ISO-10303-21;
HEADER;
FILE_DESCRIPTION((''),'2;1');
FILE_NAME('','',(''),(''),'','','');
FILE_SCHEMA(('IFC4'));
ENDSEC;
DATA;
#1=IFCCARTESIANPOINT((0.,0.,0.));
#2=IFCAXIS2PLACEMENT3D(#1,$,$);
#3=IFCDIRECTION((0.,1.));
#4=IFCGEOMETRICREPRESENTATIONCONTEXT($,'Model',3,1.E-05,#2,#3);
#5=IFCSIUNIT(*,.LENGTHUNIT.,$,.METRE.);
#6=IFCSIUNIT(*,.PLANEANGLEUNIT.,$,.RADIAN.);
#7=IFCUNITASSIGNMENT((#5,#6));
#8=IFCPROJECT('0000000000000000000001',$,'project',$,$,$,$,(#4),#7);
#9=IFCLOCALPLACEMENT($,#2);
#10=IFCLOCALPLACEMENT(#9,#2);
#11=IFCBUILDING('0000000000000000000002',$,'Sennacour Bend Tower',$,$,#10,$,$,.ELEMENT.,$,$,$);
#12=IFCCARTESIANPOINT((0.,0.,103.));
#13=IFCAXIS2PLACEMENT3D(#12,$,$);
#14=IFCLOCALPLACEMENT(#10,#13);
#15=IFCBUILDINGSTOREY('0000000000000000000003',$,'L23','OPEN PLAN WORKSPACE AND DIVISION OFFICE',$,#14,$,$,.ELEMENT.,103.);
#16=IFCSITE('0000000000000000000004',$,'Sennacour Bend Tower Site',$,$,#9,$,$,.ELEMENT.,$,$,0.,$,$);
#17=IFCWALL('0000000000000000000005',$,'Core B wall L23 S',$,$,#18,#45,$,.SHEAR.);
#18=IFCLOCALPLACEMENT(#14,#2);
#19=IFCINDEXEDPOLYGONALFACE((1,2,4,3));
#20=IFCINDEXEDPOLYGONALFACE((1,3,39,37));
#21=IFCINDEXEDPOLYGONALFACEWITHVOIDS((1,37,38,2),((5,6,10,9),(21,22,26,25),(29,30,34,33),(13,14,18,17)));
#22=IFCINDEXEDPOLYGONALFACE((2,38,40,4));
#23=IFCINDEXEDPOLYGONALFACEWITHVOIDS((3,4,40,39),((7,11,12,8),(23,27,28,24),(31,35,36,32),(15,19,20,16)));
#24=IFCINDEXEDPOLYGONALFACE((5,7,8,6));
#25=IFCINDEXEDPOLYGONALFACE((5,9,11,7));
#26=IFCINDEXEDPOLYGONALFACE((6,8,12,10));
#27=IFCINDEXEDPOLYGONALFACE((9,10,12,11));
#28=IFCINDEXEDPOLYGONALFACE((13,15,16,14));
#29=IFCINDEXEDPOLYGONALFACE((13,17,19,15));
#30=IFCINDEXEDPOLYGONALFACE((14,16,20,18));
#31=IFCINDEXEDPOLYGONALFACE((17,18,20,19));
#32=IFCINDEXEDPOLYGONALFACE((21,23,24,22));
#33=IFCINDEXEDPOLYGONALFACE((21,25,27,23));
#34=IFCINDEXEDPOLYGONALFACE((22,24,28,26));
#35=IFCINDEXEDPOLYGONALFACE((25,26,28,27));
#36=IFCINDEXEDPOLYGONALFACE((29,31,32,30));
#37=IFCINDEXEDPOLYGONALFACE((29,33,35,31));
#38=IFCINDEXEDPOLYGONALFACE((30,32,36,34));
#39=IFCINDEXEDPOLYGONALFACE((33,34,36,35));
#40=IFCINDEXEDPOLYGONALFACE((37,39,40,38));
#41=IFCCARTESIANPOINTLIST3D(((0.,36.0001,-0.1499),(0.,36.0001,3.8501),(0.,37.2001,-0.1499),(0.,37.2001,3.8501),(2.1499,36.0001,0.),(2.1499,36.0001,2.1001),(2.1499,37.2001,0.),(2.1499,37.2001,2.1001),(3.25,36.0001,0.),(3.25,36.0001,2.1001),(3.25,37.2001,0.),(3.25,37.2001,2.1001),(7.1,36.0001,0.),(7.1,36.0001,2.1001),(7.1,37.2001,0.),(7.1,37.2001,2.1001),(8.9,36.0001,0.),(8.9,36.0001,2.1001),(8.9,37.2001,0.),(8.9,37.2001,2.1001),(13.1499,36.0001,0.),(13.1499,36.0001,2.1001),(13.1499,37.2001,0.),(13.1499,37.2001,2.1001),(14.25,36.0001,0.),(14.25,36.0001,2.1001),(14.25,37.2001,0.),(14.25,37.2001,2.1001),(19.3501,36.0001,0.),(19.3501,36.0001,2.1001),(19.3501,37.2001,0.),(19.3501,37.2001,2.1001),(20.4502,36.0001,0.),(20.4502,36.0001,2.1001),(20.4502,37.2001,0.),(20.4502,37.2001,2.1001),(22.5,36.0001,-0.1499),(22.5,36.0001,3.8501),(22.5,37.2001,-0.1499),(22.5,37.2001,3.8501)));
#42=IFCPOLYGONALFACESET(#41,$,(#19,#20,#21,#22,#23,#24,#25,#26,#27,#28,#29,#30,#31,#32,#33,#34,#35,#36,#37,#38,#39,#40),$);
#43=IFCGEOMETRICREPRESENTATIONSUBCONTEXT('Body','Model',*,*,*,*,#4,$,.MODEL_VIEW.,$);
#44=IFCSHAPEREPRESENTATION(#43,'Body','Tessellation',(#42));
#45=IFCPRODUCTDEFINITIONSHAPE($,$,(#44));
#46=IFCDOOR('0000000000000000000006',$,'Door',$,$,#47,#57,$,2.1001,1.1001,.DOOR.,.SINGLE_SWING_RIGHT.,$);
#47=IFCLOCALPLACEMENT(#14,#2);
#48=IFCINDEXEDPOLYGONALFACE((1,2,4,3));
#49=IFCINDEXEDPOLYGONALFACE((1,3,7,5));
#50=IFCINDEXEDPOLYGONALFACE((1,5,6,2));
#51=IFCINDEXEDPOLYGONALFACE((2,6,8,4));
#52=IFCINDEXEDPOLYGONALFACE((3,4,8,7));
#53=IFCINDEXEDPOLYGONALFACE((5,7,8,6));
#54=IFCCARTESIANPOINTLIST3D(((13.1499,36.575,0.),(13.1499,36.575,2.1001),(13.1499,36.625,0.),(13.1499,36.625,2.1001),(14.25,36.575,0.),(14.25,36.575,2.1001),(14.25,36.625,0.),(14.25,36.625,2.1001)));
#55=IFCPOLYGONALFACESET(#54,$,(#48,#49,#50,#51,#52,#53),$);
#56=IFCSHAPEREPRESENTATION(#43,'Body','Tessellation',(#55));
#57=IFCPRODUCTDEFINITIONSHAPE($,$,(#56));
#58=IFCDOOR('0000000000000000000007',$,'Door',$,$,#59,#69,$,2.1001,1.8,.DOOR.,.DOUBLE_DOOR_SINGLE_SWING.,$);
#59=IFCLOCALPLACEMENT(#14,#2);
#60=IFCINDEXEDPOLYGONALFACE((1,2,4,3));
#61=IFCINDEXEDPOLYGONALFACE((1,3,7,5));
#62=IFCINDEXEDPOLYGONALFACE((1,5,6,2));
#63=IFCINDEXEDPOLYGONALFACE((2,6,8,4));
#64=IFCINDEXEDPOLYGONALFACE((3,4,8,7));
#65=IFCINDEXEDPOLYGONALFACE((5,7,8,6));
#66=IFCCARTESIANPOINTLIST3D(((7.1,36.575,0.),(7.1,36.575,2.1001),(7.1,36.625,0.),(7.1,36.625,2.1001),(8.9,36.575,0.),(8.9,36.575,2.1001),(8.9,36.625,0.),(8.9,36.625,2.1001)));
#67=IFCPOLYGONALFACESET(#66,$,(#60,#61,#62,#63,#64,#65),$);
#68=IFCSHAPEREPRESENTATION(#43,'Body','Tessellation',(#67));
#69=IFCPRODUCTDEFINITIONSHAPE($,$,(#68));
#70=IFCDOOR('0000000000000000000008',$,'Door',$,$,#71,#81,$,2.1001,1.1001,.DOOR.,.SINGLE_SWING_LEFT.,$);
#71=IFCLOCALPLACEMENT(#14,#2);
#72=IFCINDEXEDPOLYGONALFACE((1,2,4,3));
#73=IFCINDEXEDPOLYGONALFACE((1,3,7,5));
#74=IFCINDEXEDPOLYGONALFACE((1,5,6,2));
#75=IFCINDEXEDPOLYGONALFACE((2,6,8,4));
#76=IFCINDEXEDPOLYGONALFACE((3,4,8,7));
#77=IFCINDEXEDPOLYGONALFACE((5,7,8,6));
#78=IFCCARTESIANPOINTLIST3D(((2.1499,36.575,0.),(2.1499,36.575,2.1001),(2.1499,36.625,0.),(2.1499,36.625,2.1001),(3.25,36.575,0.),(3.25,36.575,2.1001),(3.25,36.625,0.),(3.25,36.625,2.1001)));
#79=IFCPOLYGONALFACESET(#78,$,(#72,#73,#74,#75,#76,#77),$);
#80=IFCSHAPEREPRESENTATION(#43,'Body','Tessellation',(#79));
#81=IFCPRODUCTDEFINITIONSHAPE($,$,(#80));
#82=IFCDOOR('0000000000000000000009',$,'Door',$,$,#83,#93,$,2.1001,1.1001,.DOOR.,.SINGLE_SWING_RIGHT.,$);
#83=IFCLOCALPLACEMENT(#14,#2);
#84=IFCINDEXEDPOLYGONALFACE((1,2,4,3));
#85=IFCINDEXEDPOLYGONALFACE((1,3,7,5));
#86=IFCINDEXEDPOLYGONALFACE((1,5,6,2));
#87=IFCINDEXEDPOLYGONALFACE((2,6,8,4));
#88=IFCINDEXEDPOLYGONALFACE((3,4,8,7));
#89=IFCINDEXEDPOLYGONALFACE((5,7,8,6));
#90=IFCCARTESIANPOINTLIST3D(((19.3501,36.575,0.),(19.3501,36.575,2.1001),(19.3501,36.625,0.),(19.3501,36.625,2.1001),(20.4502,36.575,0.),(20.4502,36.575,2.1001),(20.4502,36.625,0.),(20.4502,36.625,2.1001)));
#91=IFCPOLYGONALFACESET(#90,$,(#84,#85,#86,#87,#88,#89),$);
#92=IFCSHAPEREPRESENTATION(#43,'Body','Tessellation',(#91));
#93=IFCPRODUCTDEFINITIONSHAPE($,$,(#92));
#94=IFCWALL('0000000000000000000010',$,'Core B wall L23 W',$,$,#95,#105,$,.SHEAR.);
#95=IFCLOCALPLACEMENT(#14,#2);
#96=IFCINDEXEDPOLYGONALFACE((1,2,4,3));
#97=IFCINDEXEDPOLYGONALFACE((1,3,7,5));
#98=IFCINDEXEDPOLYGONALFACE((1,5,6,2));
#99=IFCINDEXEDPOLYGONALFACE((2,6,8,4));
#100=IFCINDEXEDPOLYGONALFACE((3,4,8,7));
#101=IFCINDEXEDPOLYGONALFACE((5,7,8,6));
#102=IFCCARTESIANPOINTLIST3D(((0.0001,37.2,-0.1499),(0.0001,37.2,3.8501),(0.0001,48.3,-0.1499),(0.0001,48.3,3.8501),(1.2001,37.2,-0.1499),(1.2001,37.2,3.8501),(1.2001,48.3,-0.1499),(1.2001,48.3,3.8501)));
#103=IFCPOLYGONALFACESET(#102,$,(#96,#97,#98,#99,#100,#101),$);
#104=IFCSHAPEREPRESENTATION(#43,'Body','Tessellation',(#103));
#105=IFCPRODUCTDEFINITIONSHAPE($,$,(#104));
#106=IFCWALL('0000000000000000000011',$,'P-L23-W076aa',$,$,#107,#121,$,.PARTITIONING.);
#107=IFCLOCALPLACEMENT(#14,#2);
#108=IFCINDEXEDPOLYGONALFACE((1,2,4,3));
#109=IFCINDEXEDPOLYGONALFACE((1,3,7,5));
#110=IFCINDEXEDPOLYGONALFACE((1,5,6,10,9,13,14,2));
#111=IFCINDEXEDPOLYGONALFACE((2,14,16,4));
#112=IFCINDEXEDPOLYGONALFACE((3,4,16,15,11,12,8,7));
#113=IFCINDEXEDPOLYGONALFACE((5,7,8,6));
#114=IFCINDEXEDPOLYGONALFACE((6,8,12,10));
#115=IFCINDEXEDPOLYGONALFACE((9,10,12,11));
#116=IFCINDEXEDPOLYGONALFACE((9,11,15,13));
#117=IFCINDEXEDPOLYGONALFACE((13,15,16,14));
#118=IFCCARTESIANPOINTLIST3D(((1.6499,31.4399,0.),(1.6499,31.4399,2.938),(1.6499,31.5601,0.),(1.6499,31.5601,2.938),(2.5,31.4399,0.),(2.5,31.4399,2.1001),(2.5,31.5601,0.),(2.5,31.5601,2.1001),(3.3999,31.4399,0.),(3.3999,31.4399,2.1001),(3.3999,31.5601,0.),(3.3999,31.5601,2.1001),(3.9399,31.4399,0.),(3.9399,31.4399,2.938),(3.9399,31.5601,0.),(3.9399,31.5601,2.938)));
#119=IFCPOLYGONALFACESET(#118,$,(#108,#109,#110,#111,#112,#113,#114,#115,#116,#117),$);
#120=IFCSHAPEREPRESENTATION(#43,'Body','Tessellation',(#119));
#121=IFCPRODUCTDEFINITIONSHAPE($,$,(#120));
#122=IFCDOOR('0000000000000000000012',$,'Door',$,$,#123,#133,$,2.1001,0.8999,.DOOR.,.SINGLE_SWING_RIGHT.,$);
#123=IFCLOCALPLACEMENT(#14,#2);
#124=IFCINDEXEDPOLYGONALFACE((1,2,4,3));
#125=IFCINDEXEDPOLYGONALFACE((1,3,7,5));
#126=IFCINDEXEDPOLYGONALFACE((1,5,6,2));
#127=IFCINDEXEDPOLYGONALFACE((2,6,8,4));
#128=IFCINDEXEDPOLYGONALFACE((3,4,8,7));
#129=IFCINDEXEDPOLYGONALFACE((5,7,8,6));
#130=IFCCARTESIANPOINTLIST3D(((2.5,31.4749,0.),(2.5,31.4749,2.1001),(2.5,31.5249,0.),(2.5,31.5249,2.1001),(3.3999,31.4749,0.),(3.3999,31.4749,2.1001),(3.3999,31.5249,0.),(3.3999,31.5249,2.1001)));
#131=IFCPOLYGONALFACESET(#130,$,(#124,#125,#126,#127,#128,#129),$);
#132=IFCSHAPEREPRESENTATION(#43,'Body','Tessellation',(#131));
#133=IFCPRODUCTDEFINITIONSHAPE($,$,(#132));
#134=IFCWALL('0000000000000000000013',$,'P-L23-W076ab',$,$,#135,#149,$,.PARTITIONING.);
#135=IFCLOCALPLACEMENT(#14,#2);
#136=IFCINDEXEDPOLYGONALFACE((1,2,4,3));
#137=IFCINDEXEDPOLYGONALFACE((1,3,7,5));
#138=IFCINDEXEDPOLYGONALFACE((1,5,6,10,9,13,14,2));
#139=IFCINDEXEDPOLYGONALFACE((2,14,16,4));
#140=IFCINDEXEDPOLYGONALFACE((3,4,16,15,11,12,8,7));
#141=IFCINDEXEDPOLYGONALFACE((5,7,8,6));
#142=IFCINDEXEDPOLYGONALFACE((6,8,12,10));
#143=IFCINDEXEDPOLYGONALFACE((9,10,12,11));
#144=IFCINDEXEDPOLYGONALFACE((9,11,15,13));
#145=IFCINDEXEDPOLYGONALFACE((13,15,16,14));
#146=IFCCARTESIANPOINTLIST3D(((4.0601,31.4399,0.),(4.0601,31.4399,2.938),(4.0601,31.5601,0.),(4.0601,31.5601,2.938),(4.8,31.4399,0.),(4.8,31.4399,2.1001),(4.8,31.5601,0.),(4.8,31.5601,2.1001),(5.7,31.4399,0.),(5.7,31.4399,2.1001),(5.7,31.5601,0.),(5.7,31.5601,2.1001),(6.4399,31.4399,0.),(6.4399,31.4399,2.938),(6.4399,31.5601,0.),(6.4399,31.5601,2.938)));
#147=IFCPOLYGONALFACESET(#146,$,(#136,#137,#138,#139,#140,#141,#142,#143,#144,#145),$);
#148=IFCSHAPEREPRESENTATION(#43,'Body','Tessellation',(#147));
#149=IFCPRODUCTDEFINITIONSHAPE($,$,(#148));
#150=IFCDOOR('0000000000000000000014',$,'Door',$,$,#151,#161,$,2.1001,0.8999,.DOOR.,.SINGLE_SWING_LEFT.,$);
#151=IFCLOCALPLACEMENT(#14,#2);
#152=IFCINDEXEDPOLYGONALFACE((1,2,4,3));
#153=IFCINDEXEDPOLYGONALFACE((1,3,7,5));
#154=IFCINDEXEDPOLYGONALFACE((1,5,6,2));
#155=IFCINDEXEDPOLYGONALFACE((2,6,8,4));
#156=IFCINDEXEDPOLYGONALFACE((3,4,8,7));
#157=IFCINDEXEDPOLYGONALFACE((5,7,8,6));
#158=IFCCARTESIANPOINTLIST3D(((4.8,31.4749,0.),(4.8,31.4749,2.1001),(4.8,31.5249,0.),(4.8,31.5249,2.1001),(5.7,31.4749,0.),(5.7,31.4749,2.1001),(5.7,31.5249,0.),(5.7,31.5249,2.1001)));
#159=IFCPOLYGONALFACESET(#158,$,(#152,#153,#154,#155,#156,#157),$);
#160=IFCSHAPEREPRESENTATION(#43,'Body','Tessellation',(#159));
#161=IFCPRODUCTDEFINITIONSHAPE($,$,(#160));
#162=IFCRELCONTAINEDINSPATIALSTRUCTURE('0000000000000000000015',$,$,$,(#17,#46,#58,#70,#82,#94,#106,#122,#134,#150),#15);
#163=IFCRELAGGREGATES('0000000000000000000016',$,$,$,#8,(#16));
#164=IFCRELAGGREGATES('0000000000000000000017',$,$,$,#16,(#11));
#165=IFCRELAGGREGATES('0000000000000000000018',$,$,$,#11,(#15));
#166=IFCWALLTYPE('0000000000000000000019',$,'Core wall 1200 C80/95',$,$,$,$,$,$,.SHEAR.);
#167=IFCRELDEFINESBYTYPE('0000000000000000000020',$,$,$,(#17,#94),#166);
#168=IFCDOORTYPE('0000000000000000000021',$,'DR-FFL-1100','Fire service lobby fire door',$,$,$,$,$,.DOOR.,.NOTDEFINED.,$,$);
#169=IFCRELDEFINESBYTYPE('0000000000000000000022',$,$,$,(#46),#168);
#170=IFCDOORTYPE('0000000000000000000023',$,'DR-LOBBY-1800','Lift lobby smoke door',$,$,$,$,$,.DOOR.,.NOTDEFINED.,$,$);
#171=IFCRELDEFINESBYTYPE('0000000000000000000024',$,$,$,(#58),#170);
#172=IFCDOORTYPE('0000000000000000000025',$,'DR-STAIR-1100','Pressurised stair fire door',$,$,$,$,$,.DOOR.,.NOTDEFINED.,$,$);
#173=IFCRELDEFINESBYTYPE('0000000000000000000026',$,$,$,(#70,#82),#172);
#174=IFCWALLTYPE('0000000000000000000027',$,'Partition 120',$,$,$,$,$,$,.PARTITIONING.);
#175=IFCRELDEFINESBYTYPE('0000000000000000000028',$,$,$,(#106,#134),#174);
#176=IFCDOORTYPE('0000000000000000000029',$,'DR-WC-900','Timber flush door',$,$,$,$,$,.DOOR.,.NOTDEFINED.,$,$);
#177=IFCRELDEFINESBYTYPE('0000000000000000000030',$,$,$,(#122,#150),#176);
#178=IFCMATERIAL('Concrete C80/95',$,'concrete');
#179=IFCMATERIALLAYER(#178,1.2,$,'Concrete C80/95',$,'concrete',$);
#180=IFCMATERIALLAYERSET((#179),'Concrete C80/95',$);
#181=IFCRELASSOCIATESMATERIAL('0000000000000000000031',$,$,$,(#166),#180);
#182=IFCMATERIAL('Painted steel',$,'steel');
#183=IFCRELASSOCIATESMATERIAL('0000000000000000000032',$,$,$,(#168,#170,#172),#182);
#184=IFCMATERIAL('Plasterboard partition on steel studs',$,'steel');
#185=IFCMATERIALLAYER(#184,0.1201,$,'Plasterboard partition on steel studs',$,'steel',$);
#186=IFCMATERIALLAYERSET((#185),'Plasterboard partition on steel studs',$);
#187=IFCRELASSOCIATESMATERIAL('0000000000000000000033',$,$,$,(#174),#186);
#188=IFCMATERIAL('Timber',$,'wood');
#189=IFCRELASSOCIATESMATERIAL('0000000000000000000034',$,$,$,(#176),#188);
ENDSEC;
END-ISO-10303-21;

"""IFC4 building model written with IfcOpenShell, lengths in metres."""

from ifc_helpers import new_model, si_unit, direction, frame, frame_2d, origin, place, context, subcontext, project, spatial, rectangle, extrude, material, layer, layer_set, type_object, element, fill, save


model = new_model("IFC4")

# Units and contexts
model_context = context("Model", 3, precision=1e-05, world=origin(), true_north=direction((0.0, 1.0)))
body_context = subcontext(model_context, "Body", "Model", "MODEL_VIEW")
ifc_project = project(units=[si_unit("LENGTHUNIT", "METRE"), si_unit("PLANEANGLEUNIT", "RADIAN")], contexts=[model_context])

# Site, building, storey
site_placement = place(None, origin())
site = spatial("IfcSite", under=ifc_project, at=site_placement, Name="Sennacour Bend Tower Site", CompositionType="ELEMENT", RefElevation=0.0)
building_placement = place(site_placement, origin())
building = spatial("IfcBuilding", under=site, at=building_placement, Name="Sennacour Bend Tower", CompositionType="ELEMENT")
storey_placement = place(building_placement, frame((0.0, 0.0, 103.0)))
storey = spatial("IfcBuildingStorey", under=building, at=storey_placement, Name="L23", Description="OPEN PLAN WORKSPACE AND DIVISION OFFICE", CompositionType="ELEMENT", Elevation=103.0)

# Wall, openings, doors
ifc_material_1 = material(Name="Concrete C80/95", Category="concrete")
ifc_layer_1 = layer(ifc_material_1, 1.2, Name="Concrete C80/95", Category="concrete")
ifc_layer_set_1 = layer_set([ifc_layer_1], Name="Concrete C80/95")
wall_type_1 = type_object("IfcWallType", Name="Core wall 1200 C80/95", PredefinedType="SHEAR", material=ifc_layer_set_1)
wall_1_placement = place(storey_placement, frame((0.0, 36.6001, -0.1499), z_axis=(0.0, 0.0, 1.0), x_axis=(1.0, 0.0, 0.0)))
wall_1 = element("IfcWall", 1, at=wall_1_placement, inside=storey, type_object=wall_type_1, Name="Core B wall L23 S", PredefinedType="SHEAR", context=body_context, shape_type="SweptSolid", body=[
    extrude(rectangle(XDim=22.5, YDim=1.2, at=frame_2d((11.25, 0.0))), origin(), (0.0, 0.0, 1.0), 4.0),
])
opening_1_placement = place(wall_1_placement, frame((7.1001, 0.0, 0.1499)))
opening_1 = element("IfcOpeningElement", 2, at=opening_1_placement, cuts=wall_1, PredefinedType="OPENING", context=body_context, shape_type="SweptSolid", body=[
    extrude(rectangle(XDim=1.8, YDim=2.1001, at=frame_2d((0.8999, 1.05))), frame((0.0, 0.6099, 0.0), z_axis=(0.0, -1.0, 0.0), x_axis=(1.0, 0.0, 0.0)), (0.0, 0.0, 1.0), 1.22),
])
opening_2_placement = place(wall_1_placement, frame((13.1499, 0.0, 0.1499)))
opening_2 = element("IfcOpeningElement", 3, at=opening_2_placement, cuts=wall_1, PredefinedType="OPENING", context=body_context, shape_type="SweptSolid", body=[
    extrude(rectangle(XDim=1.1001, YDim=2.1001, at=frame_2d((0.55, 1.05))), frame((0.0, 0.6099, 0.0), z_axis=(0.0, -1.0, 0.0), x_axis=(1.0, 0.0, 0.0)), (0.0, 0.0, 1.0), 1.22),
])
opening_3_placement = place(wall_1_placement, frame((2.1499, 0.0, 0.1499)))
opening_3 = element("IfcOpeningElement", 4, at=opening_3_placement, cuts=wall_1, PredefinedType="OPENING", context=body_context, shape_type="SweptSolid", body=[
    extrude(rectangle(XDim=1.1001, YDim=2.1001, at=frame_2d((0.55, 1.05))), frame((0.0, 0.6099, 0.0), z_axis=(0.0, -1.0, 0.0), x_axis=(1.0, 0.0, 0.0)), (0.0, 0.0, 1.0), 1.22),
])
opening_4_placement = place(wall_1_placement, frame((19.3501, 0.0, 0.1499)))
opening_4 = element("IfcOpeningElement", 5, at=opening_4_placement, cuts=wall_1, PredefinedType="OPENING", context=body_context, shape_type="SweptSolid", body=[
    extrude(rectangle(XDim=1.1001, YDim=2.1001, at=frame_2d((0.55, 1.05))), frame((0.0, 0.6099, 0.0), z_axis=(0.0, -1.0, 0.0), x_axis=(1.0, 0.0, 0.0)), (0.0, 0.0, 1.0), 1.22),
])
ifc_material_2 = material(Name="Painted steel", Category="steel")
door_type_1 = type_object("IfcDoorType", Name="DR-FFL-1100", Description="Fire service lobby fire door", OperationType="NOTDEFINED", PredefinedType="DOOR", material=ifc_material_2)
door_1_placement = place(opening_2_placement, origin())
door_1 = element("IfcDoor", 6, at=door_1_placement, inside=storey, type_object=door_type_1, Name="Door", OperationType="SINGLE_SWING_RIGHT", OverallHeight=2.1001, OverallWidth=1.1001, PredefinedType="DOOR", context=body_context, shape_type="SweptSolid", body=[
    extrude(rectangle(XDim=1.1001, YDim=2.1001, at=frame_2d((0.55, 1.05))), frame((0.0, 0.0249, 0.0), z_axis=(0.0, -1.0, 0.0), x_axis=(1.0, 0.0, 0.0)), (0.0, 0.0, 1.0), 0.05),
])
fill(opening_2, door_1)
door_type_2 = type_object("IfcDoorType", Name="DR-LOBBY-1800", Description="Lift lobby smoke door", OperationType="NOTDEFINED", PredefinedType="DOOR", material=ifc_material_2)
door_2_placement = place(opening_1_placement, origin())
door_2 = element("IfcDoor", 7, at=door_2_placement, inside=storey, type_object=door_type_2, Name="Door", OperationType="DOUBLE_DOOR_SINGLE_SWING", OverallHeight=2.1001, OverallWidth=1.8, PredefinedType="DOOR", context=body_context, shape_type="SweptSolid", body=[
    extrude(rectangle(XDim=1.8, YDim=2.1001, at=frame_2d((0.8999, 1.05))), frame((0.0, 0.0249, 0.0), z_axis=(0.0, -1.0, 0.0), x_axis=(1.0, 0.0, 0.0)), (0.0, 0.0, 1.0), 0.05),
])
fill(opening_1, door_2)
door_type_3 = type_object("IfcDoorType", Name="DR-STAIR-1100", Description="Pressurised stair fire door", OperationType="NOTDEFINED", PredefinedType="DOOR", material=ifc_material_2)
door_3_placement = place(opening_3_placement, origin())
door_3 = element("IfcDoor", 8, at=door_3_placement, inside=storey, type_object=door_type_3, Name="Door", OperationType="SINGLE_SWING_LEFT", OverallHeight=2.1001, OverallWidth=1.1001, PredefinedType="DOOR", context=body_context, shape_type="SweptSolid", body=[
    extrude(rectangle(XDim=1.1001, YDim=2.1001, at=frame_2d((0.55, 1.05))), frame((0.0, 0.0249, 0.0), z_axis=(0.0, -1.0, 0.0), x_axis=(1.0, 0.0, 0.0)), (0.0, 0.0, 1.0), 0.05),
])
fill(opening_3, door_3)
door_4_placement = place(opening_4_placement, origin())
door_4 = element("IfcDoor", 9, at=door_4_placement, inside=storey, type_object=door_type_3, Name="Door", OperationType="SINGLE_SWING_RIGHT", OverallHeight=2.1001, OverallWidth=1.1001, PredefinedType="DOOR", context=body_context, shape_type="SweptSolid", body=[
    extrude(rectangle(XDim=1.1001, YDim=2.1001, at=frame_2d((0.55, 1.05))), frame((0.0, 0.0249, 0.0), z_axis=(0.0, -1.0, 0.0), x_axis=(1.0, 0.0, 0.0)), (0.0, 0.0, 1.0), 0.05),
])
fill(opening_4, door_4)

# Wall
wall_2_placement = place(storey_placement, frame((0.6001, 37.2, -0.1499), z_axis=(0.0, 0.0, 1.0), x_axis=(0.0, 1.0, 0.0)))
element("IfcWall", 10, at=wall_2_placement, inside=storey, type_object=wall_type_1, Name="Core B wall L23 W", PredefinedType="SHEAR", context=body_context, shape_type="SweptSolid", body=[
    extrude(rectangle(XDim=11.1001, YDim=1.2, at=frame_2d((5.55, 0.0))), origin(), (0.0, 0.0, 1.0), 4.0),
])

# Walls, openings, doors
ifc_material_3 = material(Name="Plasterboard partition on steel studs", Category="steel")
ifc_layer_2 = layer(ifc_material_3, 0.1201, Name="Plasterboard partition on steel studs", Category="steel")
ifc_layer_set_2 = layer_set([ifc_layer_2], Name="Plasterboard partition on steel studs")
wall_type_2 = type_object("IfcWallType", Name="Partition 120", PredefinedType="PARTITIONING", material=ifc_layer_set_2)
wall_3_placement = place(storey_placement, frame((1.6499, 31.5, 0.0), z_axis=(0.0, 0.0, 1.0), x_axis=(1.0, 0.0, 0.0)))
wall_3 = element("IfcWall", 11, at=wall_3_placement, inside=storey, type_object=wall_type_2, Name="P-L23-W076aa", PredefinedType="PARTITIONING", context=body_context, shape_type="SweptSolid", body=[
    extrude(rectangle(XDim=2.29, YDim=0.1201, at=frame_2d((1.145, 0.0))), origin(), (0.0, 0.0, 1.0), 2.938),
])
opening_5_placement = place(wall_3_placement, frame((0.8501, 0.0, 0.0)))
opening_5 = element("IfcOpeningElement", 12, at=opening_5_placement, cuts=wall_3, PredefinedType="OPENING", context=body_context, shape_type="SweptSolid", body=[
    extrude(rectangle(XDim=0.8999, YDim=2.1001, at=frame_2d((0.45, 1.05))), frame((0.0, 0.0701, 0.0), z_axis=(0.0, -1.0, 0.0), x_axis=(1.0, 0.0, 0.0)), (0.0, 0.0, 1.0), 0.1401),
])
ifc_material_4 = material(Name="Timber", Category="wood")
door_type_4 = type_object("IfcDoorType", Name="DR-WC-900", Description="Timber flush door", OperationType="NOTDEFINED", PredefinedType="DOOR", material=ifc_material_4)
door_5_placement = place(opening_5_placement, origin())
door_5 = element("IfcDoor", 13, at=door_5_placement, inside=storey, type_object=door_type_4, Name="Door", OperationType="SINGLE_SWING_RIGHT", OverallHeight=2.1001, OverallWidth=0.8999, PredefinedType="DOOR", context=body_context, shape_type="SweptSolid", body=[
    extrude(rectangle(XDim=0.8999, YDim=2.1001, at=frame_2d((0.45, 1.05))), frame((0.0, 0.0249, 0.0), z_axis=(0.0, -1.0, 0.0), x_axis=(1.0, 0.0, 0.0)), (0.0, 0.0, 1.0), 0.05),
])
fill(opening_5, door_5)
wall_4_placement = place(storey_placement, frame((4.0601, 31.5, 0.0), z_axis=(0.0, 0.0, 1.0), x_axis=(1.0, 0.0, 0.0)))
wall_4 = element("IfcWall", 14, at=wall_4_placement, inside=storey, type_object=wall_type_2, Name="P-L23-W076ab", PredefinedType="PARTITIONING", context=body_context, shape_type="SweptSolid", body=[
    extrude(rectangle(XDim=2.3799, YDim=0.1201, at=frame_2d((1.1899, 0.0))), origin(), (0.0, 0.0, 1.0), 2.938),
])
opening_6_placement = place(wall_4_placement, frame((0.74, 0.0, 0.0)))
opening_6 = element("IfcOpeningElement", 15, at=opening_6_placement, cuts=wall_4, PredefinedType="OPENING", context=body_context, shape_type="SweptSolid", body=[
    extrude(rectangle(XDim=0.8999, YDim=2.1001, at=frame_2d((0.45, 1.05))), frame((0.0, 0.0701, 0.0), z_axis=(0.0, -1.0, 0.0), x_axis=(1.0, 0.0, 0.0)), (0.0, 0.0, 1.0), 0.1401),
])
door_6_placement = place(opening_6_placement, origin())
door_6 = element("IfcDoor", 16, at=door_6_placement, inside=storey, type_object=door_type_4, Name="Door", OperationType="SINGLE_SWING_LEFT", OverallHeight=2.1001, OverallWidth=0.8999, PredefinedType="DOOR", context=body_context, shape_type="SweptSolid", body=[
    extrude(rectangle(XDim=0.8999, YDim=2.1001, at=frame_2d((0.45, 1.05))), frame((0.0, 0.0249, 0.0), z_axis=(0.0, -1.0, 0.0), x_axis=(1.0, 0.0, 0.0)), (0.0, 0.0, 1.0), 0.05),
])
fill(opening_6, door_6)

save(model, "model.ifc")
